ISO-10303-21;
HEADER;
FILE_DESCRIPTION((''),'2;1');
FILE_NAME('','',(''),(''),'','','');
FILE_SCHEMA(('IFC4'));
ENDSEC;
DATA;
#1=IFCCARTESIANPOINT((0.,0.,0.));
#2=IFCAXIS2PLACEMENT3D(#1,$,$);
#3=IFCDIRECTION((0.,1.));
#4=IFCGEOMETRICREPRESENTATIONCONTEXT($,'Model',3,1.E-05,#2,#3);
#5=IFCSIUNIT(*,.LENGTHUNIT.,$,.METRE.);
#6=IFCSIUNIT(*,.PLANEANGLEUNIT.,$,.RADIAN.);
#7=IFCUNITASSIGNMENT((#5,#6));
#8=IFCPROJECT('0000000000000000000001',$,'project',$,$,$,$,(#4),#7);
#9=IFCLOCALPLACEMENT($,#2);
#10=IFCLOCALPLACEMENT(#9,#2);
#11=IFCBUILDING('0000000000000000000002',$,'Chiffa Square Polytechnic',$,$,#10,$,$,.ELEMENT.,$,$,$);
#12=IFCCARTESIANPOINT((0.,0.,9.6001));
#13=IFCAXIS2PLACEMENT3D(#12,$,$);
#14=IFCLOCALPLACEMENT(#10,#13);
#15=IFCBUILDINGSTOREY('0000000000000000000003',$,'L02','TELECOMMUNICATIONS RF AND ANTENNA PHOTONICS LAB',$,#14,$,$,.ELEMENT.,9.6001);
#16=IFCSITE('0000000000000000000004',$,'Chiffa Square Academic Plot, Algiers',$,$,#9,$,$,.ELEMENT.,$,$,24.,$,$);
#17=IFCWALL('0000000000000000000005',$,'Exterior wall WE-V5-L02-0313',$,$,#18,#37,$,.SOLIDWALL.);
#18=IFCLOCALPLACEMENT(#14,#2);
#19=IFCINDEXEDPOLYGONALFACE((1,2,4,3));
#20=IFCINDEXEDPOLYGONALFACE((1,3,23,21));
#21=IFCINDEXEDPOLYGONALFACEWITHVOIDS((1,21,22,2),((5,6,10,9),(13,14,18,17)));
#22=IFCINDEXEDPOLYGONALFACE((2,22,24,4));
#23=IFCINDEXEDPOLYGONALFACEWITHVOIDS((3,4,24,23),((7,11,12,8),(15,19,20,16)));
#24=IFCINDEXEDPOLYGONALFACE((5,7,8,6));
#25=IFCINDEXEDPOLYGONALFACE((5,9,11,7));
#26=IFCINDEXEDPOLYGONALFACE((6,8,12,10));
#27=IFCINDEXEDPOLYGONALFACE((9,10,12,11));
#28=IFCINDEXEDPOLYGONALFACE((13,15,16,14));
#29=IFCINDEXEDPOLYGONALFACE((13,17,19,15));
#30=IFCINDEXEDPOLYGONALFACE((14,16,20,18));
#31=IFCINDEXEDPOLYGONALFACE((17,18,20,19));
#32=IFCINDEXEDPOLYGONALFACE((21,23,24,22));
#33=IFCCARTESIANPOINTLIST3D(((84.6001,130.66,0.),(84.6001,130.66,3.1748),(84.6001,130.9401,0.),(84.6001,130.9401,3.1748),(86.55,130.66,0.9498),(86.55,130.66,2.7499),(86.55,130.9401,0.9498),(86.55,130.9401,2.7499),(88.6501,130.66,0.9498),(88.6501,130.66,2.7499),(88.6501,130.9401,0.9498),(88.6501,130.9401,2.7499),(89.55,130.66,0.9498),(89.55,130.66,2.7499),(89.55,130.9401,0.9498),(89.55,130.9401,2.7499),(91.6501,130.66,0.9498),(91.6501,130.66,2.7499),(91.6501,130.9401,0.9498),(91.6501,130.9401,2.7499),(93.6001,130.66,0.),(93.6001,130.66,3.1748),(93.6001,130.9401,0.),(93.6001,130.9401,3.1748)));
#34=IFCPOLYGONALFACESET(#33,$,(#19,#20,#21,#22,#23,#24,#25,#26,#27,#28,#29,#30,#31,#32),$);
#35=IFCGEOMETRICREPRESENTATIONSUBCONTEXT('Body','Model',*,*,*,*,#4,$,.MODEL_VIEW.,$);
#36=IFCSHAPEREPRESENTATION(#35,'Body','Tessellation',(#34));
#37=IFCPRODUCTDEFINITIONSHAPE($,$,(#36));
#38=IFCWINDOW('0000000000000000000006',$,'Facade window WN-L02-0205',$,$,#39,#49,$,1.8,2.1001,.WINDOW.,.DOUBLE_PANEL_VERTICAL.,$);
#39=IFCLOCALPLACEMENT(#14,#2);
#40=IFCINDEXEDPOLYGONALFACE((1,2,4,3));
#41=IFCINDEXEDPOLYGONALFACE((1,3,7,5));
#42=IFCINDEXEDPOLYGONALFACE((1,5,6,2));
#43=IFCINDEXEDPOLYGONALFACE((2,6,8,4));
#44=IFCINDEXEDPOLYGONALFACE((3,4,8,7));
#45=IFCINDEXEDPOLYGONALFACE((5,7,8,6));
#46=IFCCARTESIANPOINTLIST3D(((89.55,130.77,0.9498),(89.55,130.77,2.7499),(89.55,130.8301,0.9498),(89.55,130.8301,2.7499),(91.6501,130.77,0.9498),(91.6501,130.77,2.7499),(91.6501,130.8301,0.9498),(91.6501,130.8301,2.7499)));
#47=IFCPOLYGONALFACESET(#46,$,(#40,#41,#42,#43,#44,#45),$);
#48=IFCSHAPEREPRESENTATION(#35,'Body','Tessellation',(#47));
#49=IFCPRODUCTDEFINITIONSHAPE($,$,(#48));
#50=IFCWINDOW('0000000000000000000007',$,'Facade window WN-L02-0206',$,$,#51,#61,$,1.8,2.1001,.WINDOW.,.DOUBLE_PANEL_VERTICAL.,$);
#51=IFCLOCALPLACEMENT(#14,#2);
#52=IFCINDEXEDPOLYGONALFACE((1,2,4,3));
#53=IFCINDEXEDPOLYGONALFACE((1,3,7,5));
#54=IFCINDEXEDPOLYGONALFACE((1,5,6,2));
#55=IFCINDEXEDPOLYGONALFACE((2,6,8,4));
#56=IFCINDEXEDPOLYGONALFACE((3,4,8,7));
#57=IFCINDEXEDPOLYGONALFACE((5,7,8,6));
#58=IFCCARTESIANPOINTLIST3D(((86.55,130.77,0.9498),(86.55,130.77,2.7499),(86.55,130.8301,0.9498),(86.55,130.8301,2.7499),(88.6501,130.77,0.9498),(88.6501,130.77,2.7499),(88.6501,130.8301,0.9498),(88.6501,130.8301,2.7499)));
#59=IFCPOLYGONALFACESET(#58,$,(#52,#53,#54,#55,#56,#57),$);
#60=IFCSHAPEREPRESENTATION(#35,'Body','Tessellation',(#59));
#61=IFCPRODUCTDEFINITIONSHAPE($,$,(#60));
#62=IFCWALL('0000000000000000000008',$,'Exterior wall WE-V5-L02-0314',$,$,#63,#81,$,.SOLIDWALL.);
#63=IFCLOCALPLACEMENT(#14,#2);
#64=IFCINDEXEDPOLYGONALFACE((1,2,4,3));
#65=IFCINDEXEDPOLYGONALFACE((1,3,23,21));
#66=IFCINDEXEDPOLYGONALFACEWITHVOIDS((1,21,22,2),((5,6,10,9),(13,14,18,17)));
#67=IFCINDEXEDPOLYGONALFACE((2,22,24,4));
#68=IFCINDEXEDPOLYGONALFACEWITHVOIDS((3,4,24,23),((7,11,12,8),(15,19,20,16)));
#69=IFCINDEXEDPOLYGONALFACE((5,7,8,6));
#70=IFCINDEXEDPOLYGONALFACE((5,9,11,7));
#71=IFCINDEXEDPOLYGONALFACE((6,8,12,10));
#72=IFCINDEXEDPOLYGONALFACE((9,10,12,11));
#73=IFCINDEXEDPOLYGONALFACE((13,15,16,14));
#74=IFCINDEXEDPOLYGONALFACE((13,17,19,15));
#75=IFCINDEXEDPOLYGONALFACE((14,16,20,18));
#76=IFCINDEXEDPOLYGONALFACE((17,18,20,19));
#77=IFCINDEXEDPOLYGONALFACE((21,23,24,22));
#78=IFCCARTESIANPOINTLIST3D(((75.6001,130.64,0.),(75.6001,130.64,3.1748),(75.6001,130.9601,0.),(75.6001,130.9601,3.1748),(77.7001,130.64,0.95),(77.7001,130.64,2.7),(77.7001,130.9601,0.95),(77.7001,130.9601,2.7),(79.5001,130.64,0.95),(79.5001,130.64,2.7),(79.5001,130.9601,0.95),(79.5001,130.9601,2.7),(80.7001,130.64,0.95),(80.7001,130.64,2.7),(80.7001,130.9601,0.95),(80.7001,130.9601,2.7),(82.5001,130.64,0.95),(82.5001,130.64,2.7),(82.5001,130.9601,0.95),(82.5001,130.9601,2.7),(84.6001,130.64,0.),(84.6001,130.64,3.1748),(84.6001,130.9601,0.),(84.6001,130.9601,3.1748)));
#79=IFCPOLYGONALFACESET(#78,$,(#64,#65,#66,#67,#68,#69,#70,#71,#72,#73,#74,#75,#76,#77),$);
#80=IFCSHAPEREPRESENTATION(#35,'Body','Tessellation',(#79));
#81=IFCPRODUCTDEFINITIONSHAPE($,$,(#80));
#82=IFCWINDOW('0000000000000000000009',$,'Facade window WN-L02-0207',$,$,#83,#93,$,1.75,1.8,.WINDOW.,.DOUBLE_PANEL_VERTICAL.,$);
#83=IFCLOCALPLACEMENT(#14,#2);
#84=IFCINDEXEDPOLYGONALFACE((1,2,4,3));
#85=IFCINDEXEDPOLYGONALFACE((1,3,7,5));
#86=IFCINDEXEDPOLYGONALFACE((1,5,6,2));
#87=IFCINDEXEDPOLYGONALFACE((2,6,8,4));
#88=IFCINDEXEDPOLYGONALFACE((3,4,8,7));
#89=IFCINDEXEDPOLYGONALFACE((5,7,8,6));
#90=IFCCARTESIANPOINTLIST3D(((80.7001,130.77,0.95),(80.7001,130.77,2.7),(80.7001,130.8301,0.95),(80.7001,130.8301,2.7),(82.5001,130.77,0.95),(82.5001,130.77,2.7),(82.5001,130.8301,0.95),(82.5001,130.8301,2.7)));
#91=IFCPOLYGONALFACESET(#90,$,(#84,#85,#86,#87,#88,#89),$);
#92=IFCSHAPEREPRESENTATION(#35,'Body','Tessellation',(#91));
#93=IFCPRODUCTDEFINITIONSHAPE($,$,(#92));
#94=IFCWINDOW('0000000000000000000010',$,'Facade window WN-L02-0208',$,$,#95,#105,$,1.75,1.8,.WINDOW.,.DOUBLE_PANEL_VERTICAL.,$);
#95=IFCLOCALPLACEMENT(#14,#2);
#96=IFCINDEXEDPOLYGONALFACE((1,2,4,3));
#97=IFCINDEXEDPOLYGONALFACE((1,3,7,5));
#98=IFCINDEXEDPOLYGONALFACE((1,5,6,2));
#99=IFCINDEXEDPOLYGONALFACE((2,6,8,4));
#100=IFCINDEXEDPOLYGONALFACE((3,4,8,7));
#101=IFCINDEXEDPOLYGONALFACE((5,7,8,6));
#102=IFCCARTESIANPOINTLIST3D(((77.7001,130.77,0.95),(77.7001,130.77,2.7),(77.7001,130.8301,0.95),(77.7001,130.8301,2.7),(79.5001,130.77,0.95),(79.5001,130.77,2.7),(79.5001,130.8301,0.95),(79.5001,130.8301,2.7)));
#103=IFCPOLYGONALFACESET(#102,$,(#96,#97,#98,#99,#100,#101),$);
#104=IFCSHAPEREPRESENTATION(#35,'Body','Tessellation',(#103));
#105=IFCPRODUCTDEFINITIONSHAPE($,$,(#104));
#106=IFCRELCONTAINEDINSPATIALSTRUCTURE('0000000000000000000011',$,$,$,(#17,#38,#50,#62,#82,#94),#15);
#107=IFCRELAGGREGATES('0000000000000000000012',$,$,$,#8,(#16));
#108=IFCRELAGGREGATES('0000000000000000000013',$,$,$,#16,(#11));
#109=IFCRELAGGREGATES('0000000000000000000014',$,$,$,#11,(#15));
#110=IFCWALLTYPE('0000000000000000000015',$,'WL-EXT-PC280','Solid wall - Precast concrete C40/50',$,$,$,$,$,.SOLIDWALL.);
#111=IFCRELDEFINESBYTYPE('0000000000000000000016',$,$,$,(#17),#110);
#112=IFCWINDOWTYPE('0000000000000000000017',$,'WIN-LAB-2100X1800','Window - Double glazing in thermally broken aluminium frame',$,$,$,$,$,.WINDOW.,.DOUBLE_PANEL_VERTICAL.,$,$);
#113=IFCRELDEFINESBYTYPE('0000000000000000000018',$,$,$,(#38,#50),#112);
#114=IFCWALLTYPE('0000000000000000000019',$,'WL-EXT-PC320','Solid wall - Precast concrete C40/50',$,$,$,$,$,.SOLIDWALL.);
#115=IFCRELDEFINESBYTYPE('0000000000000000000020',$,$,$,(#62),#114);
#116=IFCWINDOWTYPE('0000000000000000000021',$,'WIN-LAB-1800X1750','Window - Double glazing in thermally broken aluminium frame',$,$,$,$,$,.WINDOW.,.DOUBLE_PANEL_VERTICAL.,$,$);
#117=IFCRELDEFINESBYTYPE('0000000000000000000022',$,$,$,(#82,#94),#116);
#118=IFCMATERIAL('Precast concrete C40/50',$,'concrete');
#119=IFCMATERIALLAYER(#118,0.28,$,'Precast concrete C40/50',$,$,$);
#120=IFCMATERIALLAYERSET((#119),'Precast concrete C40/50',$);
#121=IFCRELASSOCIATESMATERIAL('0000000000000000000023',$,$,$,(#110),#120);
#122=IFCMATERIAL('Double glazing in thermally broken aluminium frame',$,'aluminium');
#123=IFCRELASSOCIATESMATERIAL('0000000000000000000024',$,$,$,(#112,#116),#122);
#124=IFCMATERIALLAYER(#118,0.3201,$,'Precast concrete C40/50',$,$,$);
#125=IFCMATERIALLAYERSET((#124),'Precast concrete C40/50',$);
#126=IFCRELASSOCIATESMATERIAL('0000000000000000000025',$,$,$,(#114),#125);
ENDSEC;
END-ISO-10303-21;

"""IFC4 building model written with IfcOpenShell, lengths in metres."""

from ifc_helpers import new_model, si_unit, direction, frame, frame_2d, origin, place, context, subcontext, project, spatial, rectangle, extrude, material, layer, layer_set, type_object, element, fill, save


model = new_model("IFC4")

# Units and contexts
model_context = context("Model", 3, precision=1e-05, world=origin(), true_north=direction((0.0, 1.0)))
body_context = subcontext(model_context, "Body", "Model", "MODEL_VIEW")
ifc_project = project(units=[si_unit("LENGTHUNIT", "METRE"), si_unit("PLANEANGLEUNIT", "RADIAN")], contexts=[model_context])

# Site, building, storey
site_placement = place(None, origin())
site = spatial("IfcSite", under=ifc_project, at=site_placement, Name="Chiffa Square Academic Plot, Algiers", CompositionType="ELEMENT", RefElevation=24.0)
building_placement = place(site_placement, origin())
building = spatial("IfcBuilding", under=site, at=building_placement, Name="Chiffa Square Polytechnic", CompositionType="ELEMENT")
storey_placement = place(building_placement, frame((0.0, 0.0, 9.6001)))
storey = spatial("IfcBuildingStorey", under=building, at=storey_placement, Name="L02", Description="TELECOMMUNICATIONS RF AND ANTENNA PHOTONICS LAB", CompositionType="ELEMENT", Elevation=9.6001)

# Walls, openings, windows
ifc_material_1 = material(Name="Precast concrete C40/50", Category="concrete")
ifc_layer_1 = layer(ifc_material_1, 0.28, Name="Precast concrete C40/50")
ifc_layer_set_1 = layer_set([ifc_layer_1], Name="Precast concrete C40/50")
wall_type_1 = type_object("IfcWallType", Name="WL-EXT-PC280", Description="Solid wall - Precast concrete C40/50", PredefinedType="SOLIDWALL", material=ifc_layer_set_1)
wall_1_placement = place(storey_placement, frame((93.6001, 130.8, 0.0), z_axis=(0.0, 0.0, 1.0), x_axis=(-1.0, 0.0, 0.0)))
wall_1 = element("IfcWall", 1, at=wall_1_placement, inside=storey, type_object=wall_type_1, Name="Exterior wall WE-V5-L02-0313", PredefinedType="SOLIDWALL", context=body_context, shape_type="SweptSolid", body=[
    extrude(rectangle(XDim=9.0, YDim=0.28, at=frame_2d((4.5, 0.0))), origin(), (0.0, 0.0, 1.0), 3.1748),
])
opening_1_placement = place(wall_1_placement, frame((1.95, 0.0, 0.95)))
opening_1 = element("IfcOpeningElement", 2, at=opening_1_placement, cuts=wall_1, PredefinedType="OPENING", context=body_context, shape_type="SweptSolid", body=[
    extrude(rectangle(XDim=2.1001, YDim=1.8, at=frame_2d((1.05, 0.8999))), frame((0.0, 0.1499, 0.0), z_axis=(0.0, -1.0, 0.0), x_axis=(1.0, 0.0, 0.0)), (0.0, 0.0, 1.0), 0.3),
])
opening_2_placement = place(wall_1_placement, frame((4.95, 0.0, 0.95)))
opening_2 = element("IfcOpeningElement", 3, at=opening_2_placement, cuts=wall_1, PredefinedType="OPENING", context=body_context, shape_type="SweptSolid", body=[
    extrude(rectangle(XDim=2.1001, YDim=1.8, at=frame_2d((1.05, 0.8999))), frame((0.0, 0.1499, 0.0), z_axis=(0.0, -1.0, 0.0), x_axis=(1.0, 0.0, 0.0)), (0.0, 0.0, 1.0), 0.3),
])
ifc_material_2 = material(Name="Double glazing in thermally broken aluminium frame", Category="aluminium")
window_type_1 = type_object("IfcWindowType", Name="WIN-LAB-2100X1800", Description="Window - Double glazing in thermally broken aluminium frame", PartitioningType="DOUBLE_PANEL_VERTICAL", PredefinedType="WINDOW", material=ifc_material_2)
window_1_placement = place(opening_1_placement, origin())
window_1 = element("IfcWindow", 4, at=window_1_placement, inside=storey, type_object=window_type_1, Name="Facade window WN-L02-0205", OverallHeight=1.8, OverallWidth=2.1001, PartitioningType="DOUBLE_PANEL_VERTICAL", PredefinedType="WINDOW", context=body_context, shape_type="SweptSolid", body=[
    extrude(rectangle(XDim=2.1001, YDim=1.8, at=frame_2d((1.05, 0.8999))), frame((0.0, 0.03, 0.0), z_axis=(0.0, -1.0, 0.0), x_axis=(1.0, 0.0, 0.0)), (0.0, 0.0, 1.0), 0.0601),
])
fill(opening_1, window_1)
window_2_placement = place(opening_2_placement, origin())
window_2 = element("IfcWindow", 5, at=window_2_placement, inside=storey, type_object=window_type_1, Name="Facade window WN-L02-0206", OverallHeight=1.8, OverallWidth=2.1001, PartitioningType="DOUBLE_PANEL_VERTICAL", PredefinedType="WINDOW", context=body_context, shape_type="SweptSolid", body=[
    extrude(rectangle(XDim=2.1001, YDim=1.8, at=frame_2d((1.05, 0.8999))), frame((0.0, 0.03, 0.0), z_axis=(0.0, -1.0, 0.0), x_axis=(1.0, 0.0, 0.0)), (0.0, 0.0, 1.0), 0.0601),
])
fill(opening_2, window_2)
ifc_layer_2 = layer(ifc_material_1, 0.3201, Name="Precast concrete C40/50")
ifc_layer_set_2 = layer_set([ifc_layer_2], Name="Precast concrete C40/50")
wall_type_2 = type_object("IfcWallType", Name="WL-EXT-PC320", Description="Solid wall - Precast concrete C40/50", PredefinedType="SOLIDWALL", material=ifc_layer_set_2)
wall_2_placement = place(storey_placement, frame((84.6001, 130.8, 0.0), z_axis=(0.0, 0.0, 1.0), x_axis=(-1.0, 0.0, 0.0)))
wall_2 = element("IfcWall", 6, at=wall_2_placement, inside=storey, type_object=wall_type_2, Name="Exterior wall WE-V5-L02-0314", PredefinedType="SOLIDWALL", context=body_context, shape_type="SweptSolid", body=[
    extrude(rectangle(XDim=9.0, YDim=0.3201, at=frame_2d((4.5, 0.0))), origin(), (0.0, 0.0, 1.0), 3.1748),
])
opening_3_placement = place(wall_2_placement, frame((2.1001, 0.0, 0.95)))
opening_3 = element("IfcOpeningElement", 7, at=opening_3_placement, cuts=wall_2, PredefinedType="OPENING", context=body_context, shape_type="SweptSolid", body=[
    extrude(rectangle(XDim=1.8, YDim=1.75, at=frame_2d((0.8999, 0.875))), frame((0.0, 0.1699, 0.0), z_axis=(0.0, -1.0, 0.0), x_axis=(1.0, 0.0, 0.0)), (0.0, 0.0, 1.0), 0.3401),
])
opening_4_placement = place(wall_2_placement, frame((5.1001, 0.0, 0.95)))
opening_4 = element("IfcOpeningElement", 8, at=opening_4_placement, cuts=wall_2, PredefinedType="OPENING", context=body_context, shape_type="SweptSolid", body=[
    extrude(rectangle(XDim=1.8, YDim=1.75, at=frame_2d((0.8999, 0.875))), frame((0.0, 0.1699, 0.0), z_axis=(0.0, -1.0, 0.0), x_axis=(1.0, 0.0, 0.0)), (0.0, 0.0, 1.0), 0.3401),
])
window_type_2 = type_object("IfcWindowType", Name="WIN-LAB-1800X1750", Description="Window - Double glazing in thermally broken aluminium frame", PartitioningType="DOUBLE_PANEL_VERTICAL", PredefinedType="WINDOW", material=ifc_material_2)
window_3_placement = place(opening_3_placement, origin())
window_3 = element("IfcWindow", 9, at=window_3_placement, inside=storey, type_object=window_type_2, Name="Facade window WN-L02-0207", OverallHeight=1.75, OverallWidth=1.8, PartitioningType="DOUBLE_PANEL_VERTICAL", PredefinedType="WINDOW", context=body_context, shape_type="SweptSolid", body=[
    extrude(rectangle(XDim=1.8, YDim=1.75, at=frame_2d((0.8999, 0.875))), frame((0.0, 0.03, 0.0), z_axis=(0.0, -1.0, 0.0), x_axis=(1.0, 0.0, 0.0)), (0.0, 0.0, 1.0), 0.0601),
])
fill(opening_3, window_3)
window_4_placement = place(opening_4_placement, origin())
window_4 = element("IfcWindow", 10, at=window_4_placement, inside=storey, type_object=window_type_2, Name="Facade window WN-L02-0208", OverallHeight=1.75, OverallWidth=1.8, PartitioningType="DOUBLE_PANEL_VERTICAL", PredefinedType="WINDOW", context=body_context, shape_type="SweptSolid", body=[
    extrude(rectangle(XDim=1.8, YDim=1.75, at=frame_2d((0.8999, 0.875))), frame((0.0, 0.03, 0.0), z_axis=(0.0, -1.0, 0.0), x_axis=(1.0, 0.0, 0.0)), (0.0, 0.0, 1.0), 0.0601),
])
fill(opening_4, window_4)

save(model, "model.ifc")
